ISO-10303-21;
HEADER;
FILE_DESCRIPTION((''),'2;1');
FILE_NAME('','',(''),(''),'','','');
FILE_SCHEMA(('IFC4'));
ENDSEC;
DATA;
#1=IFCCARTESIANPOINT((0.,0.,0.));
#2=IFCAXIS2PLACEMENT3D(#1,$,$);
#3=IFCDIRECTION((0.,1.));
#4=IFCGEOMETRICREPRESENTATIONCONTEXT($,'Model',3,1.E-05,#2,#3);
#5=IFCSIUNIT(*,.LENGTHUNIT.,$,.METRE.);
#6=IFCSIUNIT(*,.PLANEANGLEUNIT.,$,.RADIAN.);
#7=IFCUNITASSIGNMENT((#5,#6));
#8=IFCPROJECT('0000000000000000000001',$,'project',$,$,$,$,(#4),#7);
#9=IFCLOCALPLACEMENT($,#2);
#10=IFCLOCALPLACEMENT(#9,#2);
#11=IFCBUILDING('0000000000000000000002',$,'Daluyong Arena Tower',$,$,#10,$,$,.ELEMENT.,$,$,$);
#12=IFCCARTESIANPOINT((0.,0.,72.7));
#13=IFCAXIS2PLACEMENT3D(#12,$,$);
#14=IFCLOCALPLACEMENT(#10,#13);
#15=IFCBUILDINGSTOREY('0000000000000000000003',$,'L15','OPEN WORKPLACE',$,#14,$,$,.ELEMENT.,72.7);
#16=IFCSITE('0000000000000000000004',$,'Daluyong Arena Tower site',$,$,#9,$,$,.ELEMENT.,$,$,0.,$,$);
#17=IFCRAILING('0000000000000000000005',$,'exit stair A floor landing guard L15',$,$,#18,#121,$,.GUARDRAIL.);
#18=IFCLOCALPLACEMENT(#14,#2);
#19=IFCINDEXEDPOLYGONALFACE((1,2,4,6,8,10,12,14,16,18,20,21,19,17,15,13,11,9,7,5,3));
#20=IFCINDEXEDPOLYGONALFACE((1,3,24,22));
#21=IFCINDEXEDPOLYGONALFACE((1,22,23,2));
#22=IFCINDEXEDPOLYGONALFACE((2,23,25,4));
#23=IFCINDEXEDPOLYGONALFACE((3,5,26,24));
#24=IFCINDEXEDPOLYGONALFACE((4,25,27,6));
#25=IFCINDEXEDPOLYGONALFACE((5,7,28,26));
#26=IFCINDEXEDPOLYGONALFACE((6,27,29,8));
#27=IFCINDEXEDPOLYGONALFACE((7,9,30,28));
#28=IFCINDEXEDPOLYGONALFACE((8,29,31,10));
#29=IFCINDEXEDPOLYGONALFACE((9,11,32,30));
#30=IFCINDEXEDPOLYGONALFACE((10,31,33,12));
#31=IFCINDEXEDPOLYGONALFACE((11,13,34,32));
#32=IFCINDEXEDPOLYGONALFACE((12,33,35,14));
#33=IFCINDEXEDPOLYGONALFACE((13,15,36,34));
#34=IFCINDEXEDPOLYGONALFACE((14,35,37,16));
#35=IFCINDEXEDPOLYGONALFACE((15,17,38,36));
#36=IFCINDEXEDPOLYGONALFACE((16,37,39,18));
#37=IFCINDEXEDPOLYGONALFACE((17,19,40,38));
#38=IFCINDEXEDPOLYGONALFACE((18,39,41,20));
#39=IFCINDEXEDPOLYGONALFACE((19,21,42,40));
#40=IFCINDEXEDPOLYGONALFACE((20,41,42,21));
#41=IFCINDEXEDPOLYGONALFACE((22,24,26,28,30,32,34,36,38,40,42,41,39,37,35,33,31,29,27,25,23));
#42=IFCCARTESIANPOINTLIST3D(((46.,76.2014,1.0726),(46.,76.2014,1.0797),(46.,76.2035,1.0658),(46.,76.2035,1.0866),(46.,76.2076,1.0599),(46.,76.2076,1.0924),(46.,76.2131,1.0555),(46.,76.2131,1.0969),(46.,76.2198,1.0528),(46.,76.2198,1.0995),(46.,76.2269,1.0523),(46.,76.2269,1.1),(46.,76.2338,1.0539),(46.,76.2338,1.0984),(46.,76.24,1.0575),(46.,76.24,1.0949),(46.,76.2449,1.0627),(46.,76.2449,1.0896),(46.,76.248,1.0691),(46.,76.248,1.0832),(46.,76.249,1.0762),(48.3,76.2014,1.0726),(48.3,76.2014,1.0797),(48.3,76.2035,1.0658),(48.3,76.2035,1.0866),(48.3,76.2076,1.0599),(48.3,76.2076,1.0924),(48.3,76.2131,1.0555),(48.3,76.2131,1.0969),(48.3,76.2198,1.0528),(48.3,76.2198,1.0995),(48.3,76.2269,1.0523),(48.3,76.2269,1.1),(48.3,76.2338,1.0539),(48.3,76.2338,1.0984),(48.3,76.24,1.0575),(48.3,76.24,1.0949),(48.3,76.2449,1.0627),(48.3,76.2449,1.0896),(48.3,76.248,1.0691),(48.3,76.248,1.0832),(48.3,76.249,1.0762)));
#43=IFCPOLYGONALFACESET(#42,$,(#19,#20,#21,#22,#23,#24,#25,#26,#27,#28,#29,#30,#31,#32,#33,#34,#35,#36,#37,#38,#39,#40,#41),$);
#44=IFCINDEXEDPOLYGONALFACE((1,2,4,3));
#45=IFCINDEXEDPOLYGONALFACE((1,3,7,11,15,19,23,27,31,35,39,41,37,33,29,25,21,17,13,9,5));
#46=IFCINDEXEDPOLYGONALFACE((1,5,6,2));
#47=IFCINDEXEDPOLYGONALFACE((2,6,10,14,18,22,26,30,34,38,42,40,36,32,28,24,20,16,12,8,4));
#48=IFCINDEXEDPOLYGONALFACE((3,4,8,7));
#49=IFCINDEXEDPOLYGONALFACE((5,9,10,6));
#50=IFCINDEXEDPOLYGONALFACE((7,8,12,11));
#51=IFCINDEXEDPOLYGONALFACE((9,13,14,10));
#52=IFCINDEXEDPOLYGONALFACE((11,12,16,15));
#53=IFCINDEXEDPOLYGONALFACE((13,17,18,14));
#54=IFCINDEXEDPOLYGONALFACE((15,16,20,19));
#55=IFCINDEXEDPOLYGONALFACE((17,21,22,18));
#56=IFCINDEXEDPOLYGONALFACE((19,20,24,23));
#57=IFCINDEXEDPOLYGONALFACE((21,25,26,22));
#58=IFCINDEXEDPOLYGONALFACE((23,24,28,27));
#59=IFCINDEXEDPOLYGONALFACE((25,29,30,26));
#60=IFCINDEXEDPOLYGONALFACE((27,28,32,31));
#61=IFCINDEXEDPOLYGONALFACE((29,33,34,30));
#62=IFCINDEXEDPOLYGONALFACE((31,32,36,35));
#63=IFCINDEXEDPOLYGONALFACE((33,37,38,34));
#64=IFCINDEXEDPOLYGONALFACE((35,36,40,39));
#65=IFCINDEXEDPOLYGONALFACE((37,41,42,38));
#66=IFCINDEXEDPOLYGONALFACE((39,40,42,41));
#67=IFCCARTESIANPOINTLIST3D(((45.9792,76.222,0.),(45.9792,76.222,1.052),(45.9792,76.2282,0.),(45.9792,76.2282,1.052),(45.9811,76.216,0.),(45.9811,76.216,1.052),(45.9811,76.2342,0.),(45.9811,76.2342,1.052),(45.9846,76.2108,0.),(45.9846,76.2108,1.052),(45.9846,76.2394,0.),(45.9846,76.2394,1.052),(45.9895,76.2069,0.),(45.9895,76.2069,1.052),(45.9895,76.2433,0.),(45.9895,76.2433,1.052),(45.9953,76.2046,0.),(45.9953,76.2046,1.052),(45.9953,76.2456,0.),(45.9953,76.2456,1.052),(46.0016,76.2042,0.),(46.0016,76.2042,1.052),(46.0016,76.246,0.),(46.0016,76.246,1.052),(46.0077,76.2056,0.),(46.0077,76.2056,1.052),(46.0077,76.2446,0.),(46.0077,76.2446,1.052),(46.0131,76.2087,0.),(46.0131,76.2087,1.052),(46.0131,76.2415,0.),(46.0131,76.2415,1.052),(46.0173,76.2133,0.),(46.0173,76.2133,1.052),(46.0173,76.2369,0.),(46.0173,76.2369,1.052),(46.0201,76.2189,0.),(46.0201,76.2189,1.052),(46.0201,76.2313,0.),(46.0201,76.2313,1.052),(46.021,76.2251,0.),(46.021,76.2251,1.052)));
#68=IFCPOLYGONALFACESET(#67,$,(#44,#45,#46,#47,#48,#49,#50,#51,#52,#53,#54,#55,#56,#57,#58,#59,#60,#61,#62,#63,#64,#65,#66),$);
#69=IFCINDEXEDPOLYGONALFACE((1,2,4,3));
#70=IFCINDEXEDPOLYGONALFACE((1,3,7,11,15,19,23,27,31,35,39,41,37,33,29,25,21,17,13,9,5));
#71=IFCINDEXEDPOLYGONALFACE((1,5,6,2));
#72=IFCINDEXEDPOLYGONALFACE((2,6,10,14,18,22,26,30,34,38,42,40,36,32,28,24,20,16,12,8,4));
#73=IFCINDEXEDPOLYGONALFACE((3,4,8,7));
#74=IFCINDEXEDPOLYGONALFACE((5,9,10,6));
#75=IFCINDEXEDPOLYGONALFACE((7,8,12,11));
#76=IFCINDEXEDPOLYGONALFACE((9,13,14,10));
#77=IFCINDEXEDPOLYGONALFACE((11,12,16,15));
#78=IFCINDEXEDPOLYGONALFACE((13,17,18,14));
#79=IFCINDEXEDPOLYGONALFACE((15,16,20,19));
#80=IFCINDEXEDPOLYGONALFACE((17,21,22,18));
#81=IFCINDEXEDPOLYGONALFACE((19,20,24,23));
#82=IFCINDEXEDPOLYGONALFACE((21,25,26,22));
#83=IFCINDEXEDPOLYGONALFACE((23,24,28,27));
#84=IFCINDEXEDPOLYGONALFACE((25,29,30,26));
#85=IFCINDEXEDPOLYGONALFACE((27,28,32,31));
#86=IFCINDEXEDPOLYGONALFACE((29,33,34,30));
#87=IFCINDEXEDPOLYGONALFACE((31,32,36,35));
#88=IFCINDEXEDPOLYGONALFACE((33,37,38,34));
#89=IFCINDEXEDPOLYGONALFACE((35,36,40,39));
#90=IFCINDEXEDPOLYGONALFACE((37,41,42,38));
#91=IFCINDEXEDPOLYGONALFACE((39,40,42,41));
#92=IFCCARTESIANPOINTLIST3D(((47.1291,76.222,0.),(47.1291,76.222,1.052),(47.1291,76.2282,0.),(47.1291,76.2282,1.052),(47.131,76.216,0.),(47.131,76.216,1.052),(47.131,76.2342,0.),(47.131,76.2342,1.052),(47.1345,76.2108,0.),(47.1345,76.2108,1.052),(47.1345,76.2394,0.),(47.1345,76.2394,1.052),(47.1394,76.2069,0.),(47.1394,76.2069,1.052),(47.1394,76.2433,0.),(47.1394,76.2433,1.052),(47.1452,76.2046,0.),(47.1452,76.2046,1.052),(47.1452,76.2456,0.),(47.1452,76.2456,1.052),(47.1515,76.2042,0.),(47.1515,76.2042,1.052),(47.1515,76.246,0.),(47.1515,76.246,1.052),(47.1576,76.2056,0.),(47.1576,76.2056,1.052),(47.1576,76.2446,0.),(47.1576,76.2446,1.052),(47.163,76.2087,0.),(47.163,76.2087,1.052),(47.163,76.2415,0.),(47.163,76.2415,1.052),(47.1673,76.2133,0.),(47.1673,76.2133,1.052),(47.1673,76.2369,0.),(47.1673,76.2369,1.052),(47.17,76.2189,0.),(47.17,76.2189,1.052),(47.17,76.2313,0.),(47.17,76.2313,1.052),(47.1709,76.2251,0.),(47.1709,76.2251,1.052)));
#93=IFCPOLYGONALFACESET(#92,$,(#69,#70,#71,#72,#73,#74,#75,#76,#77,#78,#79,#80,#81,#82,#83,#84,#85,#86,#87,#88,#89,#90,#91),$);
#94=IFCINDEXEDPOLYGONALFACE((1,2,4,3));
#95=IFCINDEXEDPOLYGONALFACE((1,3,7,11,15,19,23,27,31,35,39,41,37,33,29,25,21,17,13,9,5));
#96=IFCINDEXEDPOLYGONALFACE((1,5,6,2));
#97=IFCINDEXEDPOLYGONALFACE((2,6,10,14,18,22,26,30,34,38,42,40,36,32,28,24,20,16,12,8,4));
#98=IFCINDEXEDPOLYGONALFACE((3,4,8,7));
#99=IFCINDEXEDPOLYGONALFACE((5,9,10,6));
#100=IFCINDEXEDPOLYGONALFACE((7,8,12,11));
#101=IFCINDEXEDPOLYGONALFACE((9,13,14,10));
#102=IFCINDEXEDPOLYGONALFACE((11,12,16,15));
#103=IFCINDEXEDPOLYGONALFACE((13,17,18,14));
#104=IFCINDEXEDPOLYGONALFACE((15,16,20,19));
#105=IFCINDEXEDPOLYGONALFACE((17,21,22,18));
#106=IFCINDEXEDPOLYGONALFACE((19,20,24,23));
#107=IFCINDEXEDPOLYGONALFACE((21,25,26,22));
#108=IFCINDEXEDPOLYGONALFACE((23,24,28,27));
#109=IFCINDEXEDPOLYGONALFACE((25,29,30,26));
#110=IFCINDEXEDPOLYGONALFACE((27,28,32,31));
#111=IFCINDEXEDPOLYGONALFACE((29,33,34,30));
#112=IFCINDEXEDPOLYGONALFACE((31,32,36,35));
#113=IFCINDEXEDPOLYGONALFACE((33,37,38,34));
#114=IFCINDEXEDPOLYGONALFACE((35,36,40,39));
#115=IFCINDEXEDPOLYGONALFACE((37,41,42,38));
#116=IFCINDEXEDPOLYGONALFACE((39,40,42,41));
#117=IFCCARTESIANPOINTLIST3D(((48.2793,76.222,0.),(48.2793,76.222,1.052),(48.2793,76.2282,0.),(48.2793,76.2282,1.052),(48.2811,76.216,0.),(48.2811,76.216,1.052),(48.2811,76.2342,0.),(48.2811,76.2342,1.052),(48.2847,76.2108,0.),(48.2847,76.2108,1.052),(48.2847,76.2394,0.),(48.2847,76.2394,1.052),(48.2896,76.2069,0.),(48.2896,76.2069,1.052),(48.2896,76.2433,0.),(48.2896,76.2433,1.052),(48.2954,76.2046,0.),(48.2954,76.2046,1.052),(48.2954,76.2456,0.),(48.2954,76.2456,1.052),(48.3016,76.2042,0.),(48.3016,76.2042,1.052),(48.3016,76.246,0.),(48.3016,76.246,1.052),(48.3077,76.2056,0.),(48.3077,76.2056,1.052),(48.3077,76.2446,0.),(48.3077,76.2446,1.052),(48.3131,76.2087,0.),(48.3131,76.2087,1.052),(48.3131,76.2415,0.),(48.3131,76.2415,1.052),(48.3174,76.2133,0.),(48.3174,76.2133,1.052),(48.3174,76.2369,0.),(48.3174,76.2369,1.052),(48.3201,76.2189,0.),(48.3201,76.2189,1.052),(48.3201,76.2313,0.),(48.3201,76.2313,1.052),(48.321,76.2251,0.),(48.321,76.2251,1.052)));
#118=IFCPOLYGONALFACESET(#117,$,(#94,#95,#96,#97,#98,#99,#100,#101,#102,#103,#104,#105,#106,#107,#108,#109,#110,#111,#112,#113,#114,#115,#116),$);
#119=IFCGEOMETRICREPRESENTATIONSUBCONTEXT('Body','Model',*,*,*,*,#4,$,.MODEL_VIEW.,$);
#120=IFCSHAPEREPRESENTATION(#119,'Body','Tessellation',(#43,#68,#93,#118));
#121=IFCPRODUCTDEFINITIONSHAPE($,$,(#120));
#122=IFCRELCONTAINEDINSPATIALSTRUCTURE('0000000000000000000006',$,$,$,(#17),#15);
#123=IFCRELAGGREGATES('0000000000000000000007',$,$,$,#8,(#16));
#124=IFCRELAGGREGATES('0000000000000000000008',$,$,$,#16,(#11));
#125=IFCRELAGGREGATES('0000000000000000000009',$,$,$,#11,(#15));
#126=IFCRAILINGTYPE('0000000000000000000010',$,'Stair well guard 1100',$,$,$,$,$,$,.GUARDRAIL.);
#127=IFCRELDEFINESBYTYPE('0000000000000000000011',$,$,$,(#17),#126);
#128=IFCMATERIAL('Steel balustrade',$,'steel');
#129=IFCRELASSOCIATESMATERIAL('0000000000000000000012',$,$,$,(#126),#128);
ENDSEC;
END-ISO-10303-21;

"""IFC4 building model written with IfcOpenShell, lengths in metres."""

from ifc_helpers import new_model, si_unit, direction, frame, origin, origin_2d, place, context, subcontext, project, spatial, circle, extrude, material, type_object, element, save


model = new_model("IFC4")

# Units and contexts
model_context = context("Model", 3, precision=1e-05, world=origin(), true_north=direction((0.0, 1.0)))
body_context = subcontext(model_context, "Body", "Model", "MODEL_VIEW")
ifc_project = project(units=[si_unit("LENGTHUNIT", "METRE"), si_unit("PLANEANGLEUNIT", "RADIAN")], contexts=[model_context])

# Site, building, storey
site_placement = place(None, origin())
site = spatial("IfcSite", under=ifc_project, at=site_placement, Name="Daluyong Arena Tower site", CompositionType="ELEMENT", RefElevation=0.0)
building_placement = place(site_placement, origin())
building = spatial("IfcBuilding", under=site, at=building_placement, Name="Daluyong Arena Tower", CompositionType="ELEMENT")
storey_placement = place(building_placement, frame((0.0, 0.0, 72.7)))
storey = spatial("IfcBuildingStorey", under=building, at=storey_placement, Name="L15", Description="OPEN WORKPLACE", CompositionType="ELEMENT", Elevation=72.7)

# Railing
ifc_material_1 = material(Name="Steel balustrade", Category="steel")
railing_type = type_object("IfcRailingType", Name="Stair well guard 1100", PredefinedType="GUARDRAIL", material=ifc_material_1)
railing_placement = place(storey_placement, frame((46.0, 76.2251, 0.0)))
element("IfcRailing", 1, at=railing_placement, inside=storey, type_object=railing_type, Name="exit stair A floor landing guard L15", PredefinedType="GUARDRAIL", context=body_context, shape_type="SweptSolid", body=[
    extrude(circle(Radius=0.0239, at=origin_2d()), frame((0.0, 0.0, 1.0762), z_axis=(1.0, 0.0, 0.0), x_axis=(0.0, 1.0, 0.0)), (0.0, 0.0, 1.0), 2.3),
    extrude(circle(Radius=0.021, at=origin_2d()), origin(), (0.0, 0.0, 1.0), 1.052),
    extrude(circle(Radius=0.021, at=origin_2d()), frame((1.1499, 0.0, 0.0)), (0.0, 0.0, 1.0), 1.052),
    extrude(circle(Radius=0.021, at=origin_2d()), frame((2.3, 0.0, 0.0)), (0.0, 0.0, 1.0), 1.052),
])

save(model, "model.ifc")
